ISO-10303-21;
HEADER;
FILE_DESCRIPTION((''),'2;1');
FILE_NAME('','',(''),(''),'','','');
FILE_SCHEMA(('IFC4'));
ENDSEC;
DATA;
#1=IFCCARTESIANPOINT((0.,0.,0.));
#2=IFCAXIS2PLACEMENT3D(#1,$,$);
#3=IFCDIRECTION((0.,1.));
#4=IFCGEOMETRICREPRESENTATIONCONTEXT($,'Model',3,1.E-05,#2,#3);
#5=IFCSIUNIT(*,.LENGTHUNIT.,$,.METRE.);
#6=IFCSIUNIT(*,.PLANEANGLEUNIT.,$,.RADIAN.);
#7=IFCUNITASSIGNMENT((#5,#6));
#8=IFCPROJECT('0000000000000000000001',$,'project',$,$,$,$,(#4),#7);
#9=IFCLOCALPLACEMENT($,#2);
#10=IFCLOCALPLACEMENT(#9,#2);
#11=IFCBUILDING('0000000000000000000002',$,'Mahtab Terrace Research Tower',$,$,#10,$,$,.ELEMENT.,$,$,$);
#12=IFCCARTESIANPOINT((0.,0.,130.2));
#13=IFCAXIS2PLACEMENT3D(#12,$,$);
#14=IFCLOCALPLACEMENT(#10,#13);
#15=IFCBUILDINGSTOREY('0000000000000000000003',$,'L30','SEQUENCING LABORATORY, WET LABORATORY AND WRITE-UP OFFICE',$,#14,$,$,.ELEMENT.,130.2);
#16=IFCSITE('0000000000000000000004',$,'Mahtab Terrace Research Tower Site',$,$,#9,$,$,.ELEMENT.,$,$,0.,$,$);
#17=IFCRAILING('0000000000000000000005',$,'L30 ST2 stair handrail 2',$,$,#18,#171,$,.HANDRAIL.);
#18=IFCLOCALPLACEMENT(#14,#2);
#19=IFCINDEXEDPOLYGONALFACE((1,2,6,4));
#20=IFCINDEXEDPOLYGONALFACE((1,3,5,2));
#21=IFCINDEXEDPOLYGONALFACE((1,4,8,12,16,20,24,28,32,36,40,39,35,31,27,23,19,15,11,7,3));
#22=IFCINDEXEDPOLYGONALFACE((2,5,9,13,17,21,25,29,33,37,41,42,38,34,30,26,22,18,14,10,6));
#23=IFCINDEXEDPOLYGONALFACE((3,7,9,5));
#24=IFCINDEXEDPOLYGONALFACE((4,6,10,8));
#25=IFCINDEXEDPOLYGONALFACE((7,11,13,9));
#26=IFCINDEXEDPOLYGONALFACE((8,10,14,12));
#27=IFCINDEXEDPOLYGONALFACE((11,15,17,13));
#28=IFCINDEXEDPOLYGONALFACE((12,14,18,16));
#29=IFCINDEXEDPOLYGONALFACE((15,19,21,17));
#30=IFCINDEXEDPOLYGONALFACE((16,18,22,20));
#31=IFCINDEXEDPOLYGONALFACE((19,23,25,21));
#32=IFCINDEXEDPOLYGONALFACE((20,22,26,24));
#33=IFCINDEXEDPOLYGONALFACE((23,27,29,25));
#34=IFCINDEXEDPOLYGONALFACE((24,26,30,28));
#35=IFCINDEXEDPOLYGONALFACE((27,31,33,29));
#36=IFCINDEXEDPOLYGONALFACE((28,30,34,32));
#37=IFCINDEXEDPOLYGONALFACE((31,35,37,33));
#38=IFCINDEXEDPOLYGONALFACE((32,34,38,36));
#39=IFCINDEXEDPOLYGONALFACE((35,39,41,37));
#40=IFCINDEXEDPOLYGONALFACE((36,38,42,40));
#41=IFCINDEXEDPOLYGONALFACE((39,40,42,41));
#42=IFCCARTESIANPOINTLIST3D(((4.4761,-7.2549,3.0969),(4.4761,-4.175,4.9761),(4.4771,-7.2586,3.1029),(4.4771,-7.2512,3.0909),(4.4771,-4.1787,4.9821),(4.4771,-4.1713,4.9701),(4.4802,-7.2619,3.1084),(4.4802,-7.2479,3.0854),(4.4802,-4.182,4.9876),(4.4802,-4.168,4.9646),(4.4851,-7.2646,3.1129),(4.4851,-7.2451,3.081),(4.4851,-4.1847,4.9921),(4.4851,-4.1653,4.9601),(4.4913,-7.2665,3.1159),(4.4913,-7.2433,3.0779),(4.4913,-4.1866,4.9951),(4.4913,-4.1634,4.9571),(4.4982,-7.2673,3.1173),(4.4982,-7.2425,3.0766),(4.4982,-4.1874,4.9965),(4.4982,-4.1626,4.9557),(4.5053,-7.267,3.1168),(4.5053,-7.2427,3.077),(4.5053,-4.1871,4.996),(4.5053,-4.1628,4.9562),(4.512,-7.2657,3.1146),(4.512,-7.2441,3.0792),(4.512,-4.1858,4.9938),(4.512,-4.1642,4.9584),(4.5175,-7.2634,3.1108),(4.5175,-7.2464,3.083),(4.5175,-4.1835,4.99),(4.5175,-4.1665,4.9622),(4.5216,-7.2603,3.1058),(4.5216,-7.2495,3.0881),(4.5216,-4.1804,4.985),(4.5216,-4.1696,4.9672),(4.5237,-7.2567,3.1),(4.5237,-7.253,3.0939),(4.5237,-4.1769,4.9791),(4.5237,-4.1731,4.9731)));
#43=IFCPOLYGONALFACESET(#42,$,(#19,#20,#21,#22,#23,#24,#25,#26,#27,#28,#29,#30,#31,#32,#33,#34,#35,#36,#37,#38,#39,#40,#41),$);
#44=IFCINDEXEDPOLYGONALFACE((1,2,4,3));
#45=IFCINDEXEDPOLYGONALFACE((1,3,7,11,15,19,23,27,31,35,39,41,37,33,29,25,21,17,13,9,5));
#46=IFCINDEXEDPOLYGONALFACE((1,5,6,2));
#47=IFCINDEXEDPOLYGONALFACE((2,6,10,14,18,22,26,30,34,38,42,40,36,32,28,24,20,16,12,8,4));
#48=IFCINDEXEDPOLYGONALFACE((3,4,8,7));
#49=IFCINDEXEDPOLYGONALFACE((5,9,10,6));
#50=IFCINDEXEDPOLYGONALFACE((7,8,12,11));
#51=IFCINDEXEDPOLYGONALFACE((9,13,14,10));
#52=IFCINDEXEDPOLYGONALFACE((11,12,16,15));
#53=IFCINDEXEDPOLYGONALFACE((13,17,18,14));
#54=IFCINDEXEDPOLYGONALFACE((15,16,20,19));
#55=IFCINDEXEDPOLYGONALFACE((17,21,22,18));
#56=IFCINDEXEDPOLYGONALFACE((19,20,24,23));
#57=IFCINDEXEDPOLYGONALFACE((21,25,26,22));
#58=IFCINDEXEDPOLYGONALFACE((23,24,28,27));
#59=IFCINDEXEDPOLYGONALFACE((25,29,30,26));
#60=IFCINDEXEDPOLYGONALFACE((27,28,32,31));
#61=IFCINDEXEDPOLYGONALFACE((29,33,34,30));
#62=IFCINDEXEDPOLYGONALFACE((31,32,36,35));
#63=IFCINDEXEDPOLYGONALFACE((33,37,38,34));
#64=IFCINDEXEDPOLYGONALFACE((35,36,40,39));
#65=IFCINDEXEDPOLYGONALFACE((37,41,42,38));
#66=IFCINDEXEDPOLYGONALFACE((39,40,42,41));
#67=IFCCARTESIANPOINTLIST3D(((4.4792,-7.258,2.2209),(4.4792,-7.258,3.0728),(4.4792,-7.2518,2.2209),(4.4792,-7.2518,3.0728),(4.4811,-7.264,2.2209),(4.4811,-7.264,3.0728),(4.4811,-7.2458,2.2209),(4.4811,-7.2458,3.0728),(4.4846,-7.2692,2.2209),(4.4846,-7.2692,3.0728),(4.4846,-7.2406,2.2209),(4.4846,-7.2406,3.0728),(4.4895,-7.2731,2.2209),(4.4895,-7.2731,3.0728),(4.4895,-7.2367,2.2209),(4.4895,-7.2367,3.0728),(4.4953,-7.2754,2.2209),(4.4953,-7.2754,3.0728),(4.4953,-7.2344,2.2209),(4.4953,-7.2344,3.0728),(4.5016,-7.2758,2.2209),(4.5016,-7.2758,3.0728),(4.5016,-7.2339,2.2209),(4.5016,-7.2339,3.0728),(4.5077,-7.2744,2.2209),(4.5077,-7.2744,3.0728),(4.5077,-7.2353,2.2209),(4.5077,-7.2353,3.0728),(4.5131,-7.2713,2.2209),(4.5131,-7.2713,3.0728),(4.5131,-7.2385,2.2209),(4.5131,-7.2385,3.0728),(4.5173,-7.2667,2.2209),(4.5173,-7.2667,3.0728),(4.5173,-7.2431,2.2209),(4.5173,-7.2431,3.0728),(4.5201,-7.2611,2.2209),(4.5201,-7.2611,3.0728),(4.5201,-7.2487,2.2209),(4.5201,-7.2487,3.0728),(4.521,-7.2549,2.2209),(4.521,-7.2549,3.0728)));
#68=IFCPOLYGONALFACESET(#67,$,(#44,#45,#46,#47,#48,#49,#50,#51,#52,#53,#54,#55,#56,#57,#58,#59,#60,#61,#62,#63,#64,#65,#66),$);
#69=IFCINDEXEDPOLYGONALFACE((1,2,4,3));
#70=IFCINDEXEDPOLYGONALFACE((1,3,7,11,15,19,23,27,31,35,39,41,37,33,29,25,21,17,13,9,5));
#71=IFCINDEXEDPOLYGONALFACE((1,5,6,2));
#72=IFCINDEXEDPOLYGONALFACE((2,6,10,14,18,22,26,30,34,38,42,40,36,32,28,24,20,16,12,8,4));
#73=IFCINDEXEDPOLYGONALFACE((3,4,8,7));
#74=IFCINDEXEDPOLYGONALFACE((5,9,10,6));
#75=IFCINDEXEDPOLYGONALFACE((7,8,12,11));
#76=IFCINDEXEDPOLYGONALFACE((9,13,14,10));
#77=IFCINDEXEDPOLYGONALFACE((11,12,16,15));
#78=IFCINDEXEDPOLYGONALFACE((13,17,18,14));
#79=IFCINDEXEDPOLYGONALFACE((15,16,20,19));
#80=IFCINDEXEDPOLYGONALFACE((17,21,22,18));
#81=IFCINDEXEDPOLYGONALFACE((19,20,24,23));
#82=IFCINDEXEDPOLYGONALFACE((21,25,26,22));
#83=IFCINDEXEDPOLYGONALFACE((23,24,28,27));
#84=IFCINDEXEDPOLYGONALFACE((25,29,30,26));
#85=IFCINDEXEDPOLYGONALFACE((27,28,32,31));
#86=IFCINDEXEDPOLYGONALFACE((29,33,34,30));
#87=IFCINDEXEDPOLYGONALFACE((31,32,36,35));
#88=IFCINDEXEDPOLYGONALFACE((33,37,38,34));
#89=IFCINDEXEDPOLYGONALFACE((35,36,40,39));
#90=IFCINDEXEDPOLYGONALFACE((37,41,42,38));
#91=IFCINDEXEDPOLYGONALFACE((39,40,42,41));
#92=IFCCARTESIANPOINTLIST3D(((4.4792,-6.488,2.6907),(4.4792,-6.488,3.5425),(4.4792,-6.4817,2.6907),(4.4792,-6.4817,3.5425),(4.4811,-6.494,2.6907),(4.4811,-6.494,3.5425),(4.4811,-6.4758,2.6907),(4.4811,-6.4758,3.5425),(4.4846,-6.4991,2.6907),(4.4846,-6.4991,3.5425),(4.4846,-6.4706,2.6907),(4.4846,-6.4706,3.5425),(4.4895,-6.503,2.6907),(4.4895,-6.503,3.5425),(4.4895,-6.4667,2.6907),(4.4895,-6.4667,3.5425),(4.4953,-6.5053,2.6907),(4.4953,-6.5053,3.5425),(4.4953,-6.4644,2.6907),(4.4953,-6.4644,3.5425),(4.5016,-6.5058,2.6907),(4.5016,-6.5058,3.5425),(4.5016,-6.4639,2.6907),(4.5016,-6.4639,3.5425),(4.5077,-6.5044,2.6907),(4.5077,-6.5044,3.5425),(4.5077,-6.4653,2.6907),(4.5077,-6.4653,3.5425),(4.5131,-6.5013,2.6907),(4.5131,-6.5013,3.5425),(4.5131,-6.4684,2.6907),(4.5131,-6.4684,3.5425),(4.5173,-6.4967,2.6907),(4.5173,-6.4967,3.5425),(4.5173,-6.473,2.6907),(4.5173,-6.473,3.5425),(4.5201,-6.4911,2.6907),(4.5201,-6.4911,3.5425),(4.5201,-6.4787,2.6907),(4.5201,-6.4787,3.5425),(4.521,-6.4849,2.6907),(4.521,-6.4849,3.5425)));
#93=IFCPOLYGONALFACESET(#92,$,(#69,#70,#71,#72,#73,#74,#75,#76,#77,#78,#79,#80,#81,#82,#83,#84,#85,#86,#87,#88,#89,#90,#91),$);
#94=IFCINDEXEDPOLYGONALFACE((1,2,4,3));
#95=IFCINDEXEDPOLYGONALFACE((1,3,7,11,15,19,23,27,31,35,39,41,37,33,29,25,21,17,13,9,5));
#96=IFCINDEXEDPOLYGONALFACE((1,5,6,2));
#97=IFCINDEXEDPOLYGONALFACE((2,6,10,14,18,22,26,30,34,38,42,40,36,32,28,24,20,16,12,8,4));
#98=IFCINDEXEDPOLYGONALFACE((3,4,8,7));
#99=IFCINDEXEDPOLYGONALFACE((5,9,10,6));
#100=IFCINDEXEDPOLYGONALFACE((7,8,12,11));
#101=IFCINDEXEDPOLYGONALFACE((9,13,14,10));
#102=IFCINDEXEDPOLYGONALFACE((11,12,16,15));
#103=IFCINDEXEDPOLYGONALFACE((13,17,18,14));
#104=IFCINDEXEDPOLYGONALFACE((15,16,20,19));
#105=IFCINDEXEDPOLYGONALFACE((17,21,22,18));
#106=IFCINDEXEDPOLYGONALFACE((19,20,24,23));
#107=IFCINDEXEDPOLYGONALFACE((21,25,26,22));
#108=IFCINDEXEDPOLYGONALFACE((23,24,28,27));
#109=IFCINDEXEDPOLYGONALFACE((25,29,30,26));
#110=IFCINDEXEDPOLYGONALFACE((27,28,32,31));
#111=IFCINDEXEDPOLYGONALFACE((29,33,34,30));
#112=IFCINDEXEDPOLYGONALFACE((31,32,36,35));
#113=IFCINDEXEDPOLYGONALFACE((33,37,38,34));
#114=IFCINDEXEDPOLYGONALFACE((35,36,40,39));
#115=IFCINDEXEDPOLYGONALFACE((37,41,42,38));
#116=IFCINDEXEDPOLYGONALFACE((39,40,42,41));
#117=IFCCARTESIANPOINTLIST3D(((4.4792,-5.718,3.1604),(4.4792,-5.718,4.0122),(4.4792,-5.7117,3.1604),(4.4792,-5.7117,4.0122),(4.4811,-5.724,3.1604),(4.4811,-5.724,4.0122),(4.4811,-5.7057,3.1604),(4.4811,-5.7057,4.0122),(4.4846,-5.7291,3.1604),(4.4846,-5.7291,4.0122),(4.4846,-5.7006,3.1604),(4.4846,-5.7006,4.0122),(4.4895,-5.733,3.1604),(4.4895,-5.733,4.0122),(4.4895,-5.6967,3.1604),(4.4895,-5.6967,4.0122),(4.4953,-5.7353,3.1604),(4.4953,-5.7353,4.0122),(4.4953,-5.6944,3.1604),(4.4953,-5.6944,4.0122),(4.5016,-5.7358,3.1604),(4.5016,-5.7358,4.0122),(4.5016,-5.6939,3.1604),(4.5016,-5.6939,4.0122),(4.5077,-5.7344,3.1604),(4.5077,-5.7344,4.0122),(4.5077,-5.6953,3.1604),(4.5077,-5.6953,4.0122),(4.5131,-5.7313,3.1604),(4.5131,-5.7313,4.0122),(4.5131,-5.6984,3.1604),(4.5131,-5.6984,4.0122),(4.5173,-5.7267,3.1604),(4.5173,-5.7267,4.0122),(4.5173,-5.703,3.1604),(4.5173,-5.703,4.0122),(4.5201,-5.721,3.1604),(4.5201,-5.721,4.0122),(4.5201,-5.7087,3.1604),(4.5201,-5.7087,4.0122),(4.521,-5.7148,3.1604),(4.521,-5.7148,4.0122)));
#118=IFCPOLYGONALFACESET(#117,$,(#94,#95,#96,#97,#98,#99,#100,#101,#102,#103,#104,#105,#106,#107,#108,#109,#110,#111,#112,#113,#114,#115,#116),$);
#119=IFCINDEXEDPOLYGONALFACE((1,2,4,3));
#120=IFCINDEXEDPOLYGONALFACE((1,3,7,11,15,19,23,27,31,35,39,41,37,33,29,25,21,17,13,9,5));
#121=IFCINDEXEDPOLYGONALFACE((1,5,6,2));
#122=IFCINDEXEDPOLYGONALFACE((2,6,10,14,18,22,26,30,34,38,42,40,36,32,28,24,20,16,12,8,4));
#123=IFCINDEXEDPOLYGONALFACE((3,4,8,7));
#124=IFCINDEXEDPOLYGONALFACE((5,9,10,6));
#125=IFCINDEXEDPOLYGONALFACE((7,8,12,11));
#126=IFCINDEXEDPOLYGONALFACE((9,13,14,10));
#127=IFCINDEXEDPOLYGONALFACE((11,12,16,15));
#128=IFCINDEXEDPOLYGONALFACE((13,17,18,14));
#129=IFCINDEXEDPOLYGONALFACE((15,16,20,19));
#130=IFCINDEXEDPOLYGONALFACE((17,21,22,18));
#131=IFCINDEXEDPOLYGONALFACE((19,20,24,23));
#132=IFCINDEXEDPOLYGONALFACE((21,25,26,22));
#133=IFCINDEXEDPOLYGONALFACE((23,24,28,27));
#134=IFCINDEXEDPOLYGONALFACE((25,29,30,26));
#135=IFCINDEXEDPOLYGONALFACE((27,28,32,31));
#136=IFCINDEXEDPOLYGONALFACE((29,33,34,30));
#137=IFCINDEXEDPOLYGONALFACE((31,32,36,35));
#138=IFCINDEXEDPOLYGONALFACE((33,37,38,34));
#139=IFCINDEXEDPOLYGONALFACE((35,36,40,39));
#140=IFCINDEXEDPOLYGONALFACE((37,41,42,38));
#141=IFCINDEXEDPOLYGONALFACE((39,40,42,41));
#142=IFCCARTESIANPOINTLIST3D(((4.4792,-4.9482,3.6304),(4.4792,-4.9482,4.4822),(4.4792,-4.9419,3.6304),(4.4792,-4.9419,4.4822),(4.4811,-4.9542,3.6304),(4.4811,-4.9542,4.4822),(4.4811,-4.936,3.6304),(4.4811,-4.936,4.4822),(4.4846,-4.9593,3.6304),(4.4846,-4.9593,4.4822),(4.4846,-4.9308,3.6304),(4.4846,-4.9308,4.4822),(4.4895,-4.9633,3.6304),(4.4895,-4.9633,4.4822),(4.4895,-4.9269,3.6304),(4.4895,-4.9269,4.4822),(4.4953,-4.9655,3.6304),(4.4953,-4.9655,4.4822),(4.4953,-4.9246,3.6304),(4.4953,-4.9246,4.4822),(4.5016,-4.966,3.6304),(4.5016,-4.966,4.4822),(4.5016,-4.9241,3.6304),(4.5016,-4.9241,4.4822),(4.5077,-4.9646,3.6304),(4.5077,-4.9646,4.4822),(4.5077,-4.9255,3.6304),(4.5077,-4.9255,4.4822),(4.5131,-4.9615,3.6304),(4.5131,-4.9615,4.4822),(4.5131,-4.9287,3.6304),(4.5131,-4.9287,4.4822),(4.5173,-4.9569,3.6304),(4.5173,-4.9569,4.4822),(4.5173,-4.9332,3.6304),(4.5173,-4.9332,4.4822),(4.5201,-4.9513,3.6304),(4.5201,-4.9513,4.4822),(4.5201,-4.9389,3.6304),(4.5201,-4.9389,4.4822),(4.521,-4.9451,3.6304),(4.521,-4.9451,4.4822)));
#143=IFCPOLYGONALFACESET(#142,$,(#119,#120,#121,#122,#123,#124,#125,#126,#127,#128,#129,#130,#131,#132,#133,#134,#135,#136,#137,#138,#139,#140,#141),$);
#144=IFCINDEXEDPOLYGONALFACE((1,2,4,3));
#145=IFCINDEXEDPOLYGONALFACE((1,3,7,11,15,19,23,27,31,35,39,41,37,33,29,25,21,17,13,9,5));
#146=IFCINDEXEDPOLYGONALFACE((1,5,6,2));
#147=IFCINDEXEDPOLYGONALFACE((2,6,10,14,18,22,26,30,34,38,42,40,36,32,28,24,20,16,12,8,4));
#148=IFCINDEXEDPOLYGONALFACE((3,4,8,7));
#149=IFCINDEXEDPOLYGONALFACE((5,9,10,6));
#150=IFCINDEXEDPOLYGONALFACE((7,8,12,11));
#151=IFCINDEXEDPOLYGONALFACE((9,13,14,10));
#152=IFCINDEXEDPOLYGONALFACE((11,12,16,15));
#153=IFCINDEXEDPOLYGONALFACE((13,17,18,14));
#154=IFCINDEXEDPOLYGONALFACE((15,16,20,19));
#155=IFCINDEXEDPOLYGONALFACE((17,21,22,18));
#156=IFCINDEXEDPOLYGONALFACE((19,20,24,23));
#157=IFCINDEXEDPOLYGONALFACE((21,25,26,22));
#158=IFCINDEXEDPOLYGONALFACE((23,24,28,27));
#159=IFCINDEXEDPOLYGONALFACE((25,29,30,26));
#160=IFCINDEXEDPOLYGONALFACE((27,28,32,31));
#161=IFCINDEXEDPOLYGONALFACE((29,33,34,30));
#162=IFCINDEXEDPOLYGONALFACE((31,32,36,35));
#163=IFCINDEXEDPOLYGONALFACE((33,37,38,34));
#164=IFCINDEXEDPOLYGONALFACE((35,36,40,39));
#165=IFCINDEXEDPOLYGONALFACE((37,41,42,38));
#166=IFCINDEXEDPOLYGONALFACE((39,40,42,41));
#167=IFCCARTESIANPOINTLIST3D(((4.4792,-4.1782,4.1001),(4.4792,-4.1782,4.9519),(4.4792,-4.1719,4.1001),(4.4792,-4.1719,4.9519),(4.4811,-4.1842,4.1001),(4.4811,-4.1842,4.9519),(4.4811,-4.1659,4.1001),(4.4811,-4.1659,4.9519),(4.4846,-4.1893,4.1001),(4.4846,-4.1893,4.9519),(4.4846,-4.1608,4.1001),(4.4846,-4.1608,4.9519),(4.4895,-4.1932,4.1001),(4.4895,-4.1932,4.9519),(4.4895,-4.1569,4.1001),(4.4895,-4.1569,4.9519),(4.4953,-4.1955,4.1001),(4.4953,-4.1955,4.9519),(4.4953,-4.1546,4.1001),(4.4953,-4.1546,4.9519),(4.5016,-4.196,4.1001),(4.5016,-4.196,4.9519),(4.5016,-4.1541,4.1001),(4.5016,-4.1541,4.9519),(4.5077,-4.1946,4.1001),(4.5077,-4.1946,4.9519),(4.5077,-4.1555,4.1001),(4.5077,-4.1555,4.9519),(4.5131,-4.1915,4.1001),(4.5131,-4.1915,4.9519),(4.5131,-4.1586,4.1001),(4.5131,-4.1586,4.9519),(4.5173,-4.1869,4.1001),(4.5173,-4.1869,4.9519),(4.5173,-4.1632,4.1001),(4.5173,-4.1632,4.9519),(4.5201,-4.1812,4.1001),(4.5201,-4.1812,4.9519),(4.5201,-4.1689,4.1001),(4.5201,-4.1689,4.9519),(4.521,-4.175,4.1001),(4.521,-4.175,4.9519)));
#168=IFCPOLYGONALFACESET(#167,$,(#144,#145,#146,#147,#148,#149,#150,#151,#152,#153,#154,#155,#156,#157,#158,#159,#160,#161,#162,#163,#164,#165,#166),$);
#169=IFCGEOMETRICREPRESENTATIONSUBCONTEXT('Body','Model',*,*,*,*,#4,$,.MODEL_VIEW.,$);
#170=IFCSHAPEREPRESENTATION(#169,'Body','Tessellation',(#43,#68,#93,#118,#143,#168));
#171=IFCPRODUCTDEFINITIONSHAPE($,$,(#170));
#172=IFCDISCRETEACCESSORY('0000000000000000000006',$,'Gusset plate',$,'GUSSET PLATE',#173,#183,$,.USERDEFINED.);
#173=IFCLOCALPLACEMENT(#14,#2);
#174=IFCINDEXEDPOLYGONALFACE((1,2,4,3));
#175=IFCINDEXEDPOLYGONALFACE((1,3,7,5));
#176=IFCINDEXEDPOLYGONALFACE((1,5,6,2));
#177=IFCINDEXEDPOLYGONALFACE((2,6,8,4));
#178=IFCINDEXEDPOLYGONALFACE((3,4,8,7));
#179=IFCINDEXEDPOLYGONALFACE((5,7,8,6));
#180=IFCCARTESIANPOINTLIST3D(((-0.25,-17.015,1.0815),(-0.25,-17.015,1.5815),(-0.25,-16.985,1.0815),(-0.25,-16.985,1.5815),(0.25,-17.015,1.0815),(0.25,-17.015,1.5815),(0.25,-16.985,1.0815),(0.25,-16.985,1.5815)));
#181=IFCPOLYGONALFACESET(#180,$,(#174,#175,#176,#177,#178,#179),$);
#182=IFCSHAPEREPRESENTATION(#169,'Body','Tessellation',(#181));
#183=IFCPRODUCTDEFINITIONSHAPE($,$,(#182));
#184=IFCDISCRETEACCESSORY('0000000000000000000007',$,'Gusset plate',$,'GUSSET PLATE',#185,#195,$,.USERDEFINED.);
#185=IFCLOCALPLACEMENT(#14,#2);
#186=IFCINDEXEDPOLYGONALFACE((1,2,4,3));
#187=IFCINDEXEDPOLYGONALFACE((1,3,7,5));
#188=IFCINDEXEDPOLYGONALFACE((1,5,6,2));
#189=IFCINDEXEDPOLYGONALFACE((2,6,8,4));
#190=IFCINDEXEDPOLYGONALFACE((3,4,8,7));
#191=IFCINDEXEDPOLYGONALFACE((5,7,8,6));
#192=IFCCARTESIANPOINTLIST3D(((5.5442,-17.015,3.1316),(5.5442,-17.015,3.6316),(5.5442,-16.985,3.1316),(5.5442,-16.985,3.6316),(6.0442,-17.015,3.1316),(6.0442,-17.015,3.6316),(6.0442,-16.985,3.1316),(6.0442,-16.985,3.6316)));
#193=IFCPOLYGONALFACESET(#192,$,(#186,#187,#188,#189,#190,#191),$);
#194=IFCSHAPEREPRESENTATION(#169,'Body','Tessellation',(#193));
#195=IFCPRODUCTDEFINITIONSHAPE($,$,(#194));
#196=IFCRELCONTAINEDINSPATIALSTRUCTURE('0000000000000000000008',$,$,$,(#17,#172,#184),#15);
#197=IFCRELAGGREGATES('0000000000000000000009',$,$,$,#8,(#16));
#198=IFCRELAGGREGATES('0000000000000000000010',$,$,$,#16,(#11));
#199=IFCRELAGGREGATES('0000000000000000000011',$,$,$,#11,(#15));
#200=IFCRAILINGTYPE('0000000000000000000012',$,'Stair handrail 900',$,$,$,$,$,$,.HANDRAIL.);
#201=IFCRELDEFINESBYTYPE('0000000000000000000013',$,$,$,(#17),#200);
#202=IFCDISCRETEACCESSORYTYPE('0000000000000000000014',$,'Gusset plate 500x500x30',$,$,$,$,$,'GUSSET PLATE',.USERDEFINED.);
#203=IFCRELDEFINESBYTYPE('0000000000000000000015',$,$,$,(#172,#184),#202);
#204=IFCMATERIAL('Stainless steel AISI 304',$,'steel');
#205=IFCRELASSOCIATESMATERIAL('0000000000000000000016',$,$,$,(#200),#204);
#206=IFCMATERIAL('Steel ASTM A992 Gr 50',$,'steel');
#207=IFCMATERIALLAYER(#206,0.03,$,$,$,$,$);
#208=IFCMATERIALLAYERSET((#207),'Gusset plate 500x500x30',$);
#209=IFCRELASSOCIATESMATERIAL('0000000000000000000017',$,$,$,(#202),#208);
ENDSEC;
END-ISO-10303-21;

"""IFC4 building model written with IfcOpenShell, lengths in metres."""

from ifc_helpers import new_model, si_unit, direction, frame, origin, origin_2d, place, context, subcontext, project, spatial, rectangle, circle, extrude, material, layer, layer_set, type_object, element, save


model = new_model("IFC4")

# Units and contexts
model_context = context("Model", 3, precision=1e-05, world=origin(), true_north=direction((0.0, 1.0)))
body_context = subcontext(model_context, "Body", "Model", "MODEL_VIEW")
ifc_project = project(units=[si_unit("LENGTHUNIT", "METRE"), si_unit("PLANEANGLEUNIT", "RADIAN")], contexts=[model_context])

# Site, building, storey
site_placement = place(None, origin())
site = spatial("IfcSite", under=ifc_project, at=site_placement, Name="Mahtab Terrace Research Tower Site", CompositionType="ELEMENT", RefElevation=0.0)
building_placement = place(site_placement, origin())
building = spatial("IfcBuilding", under=site, at=building_placement, Name="Mahtab Terrace Research Tower", CompositionType="ELEMENT")
storey_placement = place(building_placement, frame((0.0, 0.0, 130.2)))
storey = spatial("IfcBuildingStorey", under=building, at=storey_placement, Name="L30", Description="SEQUENCING LABORATORY, WET LABORATORY AND WRITE-UP OFFICE", CompositionType="ELEMENT", Elevation=130.2)

# Shared definitions
ifc_material_1 = material(Name="Steel ASTM A992 Gr 50", Category="steel")

# Railing
ifc_material_2 = material(Name="Stainless steel AISI 304", Category="steel")
railing_type_1 = type_object("IfcRailingType", Name="Stair handrail 900", PredefinedType="HANDRAIL", material=ifc_material_2)
railing_1_placement = place(storey_placement, frame((4.5, -7.2549, 2.2209)))
element("IfcRailing", 1, at=railing_1_placement, inside=storey, type_object=railing_type_1, Name="L30 ST2 stair handrail 2", PredefinedType="HANDRAIL", context=body_context, shape_type="SweptSolid", body=[
    extrude(circle(Radius=0.0239, at=origin_2d()), frame((0.0, 0.0, 0.876), z_axis=(0.0, 0.853648, 0.52085), x_axis=(-1.0, 0.0, 0.0)), (0.0, 0.0, 1.0), 3.6079),
    extrude(circle(Radius=0.021, at=origin_2d()), origin(), (0.0, 0.0, 1.0), 0.8518),
    extrude(circle(Radius=0.021, at=origin_2d()), frame((0.0, 0.77, 0.4697)), (0.0, 0.0, 1.0), 0.8518),
    extrude(circle(Radius=0.021, at=origin_2d()), frame((0.0, 1.54, 0.9395)), (0.0, 0.0, 1.0), 0.8518),
    extrude(circle(Radius=0.021, at=origin_2d()), frame((0.0, 2.3098, 1.4094)), (0.0, 0.0, 1.0), 0.8518),
    extrude(circle(Radius=0.021, at=origin_2d()), frame((0.0, 3.0798, 1.8792)), (0.0, 0.0, 1.0), 0.8518),
])

# Discrete accessories
ifc_layer_1 = layer(ifc_material_1, 0.03)
ifc_layer_set_1 = layer_set([ifc_layer_1], Name="Gusset plate 500x500x30")
discrete_accessory_type = type_object("IfcDiscreteAccessoryType", Name="Gusset plate 500x500x30", ElementType="GUSSET PLATE", PredefinedType="USERDEFINED", material=ifc_layer_set_1)
for number, where, z_axis, x_axis, name in (
    (2, (0.0, -17.0, 1.0815), (0.0, 0.0, 1.0), (1.0, 0.0, 0.0), "Gusset plate"),
    (3, (5.7942, -17.0, 3.1316), (0.0, 0.0, 1.0), (1.0, 0.0, 0.0), "Gusset plate"),
):
    element("IfcDiscreteAccessory", number, at=place(storey_placement, frame(where, z_axis=z_axis, x_axis=x_axis)), inside=storey, type_object=discrete_accessory_type, Name=name, ObjectType="GUSSET PLATE", PredefinedType="USERDEFINED", context=body_context, shape_type="SweptSolid", body=[
        extrude(rectangle(XDim=0.5, YDim=0.03, at=origin_2d()), origin(), (0.0, 0.0, 1.0), 0.5),
    ])

save(model, "model.ifc")
